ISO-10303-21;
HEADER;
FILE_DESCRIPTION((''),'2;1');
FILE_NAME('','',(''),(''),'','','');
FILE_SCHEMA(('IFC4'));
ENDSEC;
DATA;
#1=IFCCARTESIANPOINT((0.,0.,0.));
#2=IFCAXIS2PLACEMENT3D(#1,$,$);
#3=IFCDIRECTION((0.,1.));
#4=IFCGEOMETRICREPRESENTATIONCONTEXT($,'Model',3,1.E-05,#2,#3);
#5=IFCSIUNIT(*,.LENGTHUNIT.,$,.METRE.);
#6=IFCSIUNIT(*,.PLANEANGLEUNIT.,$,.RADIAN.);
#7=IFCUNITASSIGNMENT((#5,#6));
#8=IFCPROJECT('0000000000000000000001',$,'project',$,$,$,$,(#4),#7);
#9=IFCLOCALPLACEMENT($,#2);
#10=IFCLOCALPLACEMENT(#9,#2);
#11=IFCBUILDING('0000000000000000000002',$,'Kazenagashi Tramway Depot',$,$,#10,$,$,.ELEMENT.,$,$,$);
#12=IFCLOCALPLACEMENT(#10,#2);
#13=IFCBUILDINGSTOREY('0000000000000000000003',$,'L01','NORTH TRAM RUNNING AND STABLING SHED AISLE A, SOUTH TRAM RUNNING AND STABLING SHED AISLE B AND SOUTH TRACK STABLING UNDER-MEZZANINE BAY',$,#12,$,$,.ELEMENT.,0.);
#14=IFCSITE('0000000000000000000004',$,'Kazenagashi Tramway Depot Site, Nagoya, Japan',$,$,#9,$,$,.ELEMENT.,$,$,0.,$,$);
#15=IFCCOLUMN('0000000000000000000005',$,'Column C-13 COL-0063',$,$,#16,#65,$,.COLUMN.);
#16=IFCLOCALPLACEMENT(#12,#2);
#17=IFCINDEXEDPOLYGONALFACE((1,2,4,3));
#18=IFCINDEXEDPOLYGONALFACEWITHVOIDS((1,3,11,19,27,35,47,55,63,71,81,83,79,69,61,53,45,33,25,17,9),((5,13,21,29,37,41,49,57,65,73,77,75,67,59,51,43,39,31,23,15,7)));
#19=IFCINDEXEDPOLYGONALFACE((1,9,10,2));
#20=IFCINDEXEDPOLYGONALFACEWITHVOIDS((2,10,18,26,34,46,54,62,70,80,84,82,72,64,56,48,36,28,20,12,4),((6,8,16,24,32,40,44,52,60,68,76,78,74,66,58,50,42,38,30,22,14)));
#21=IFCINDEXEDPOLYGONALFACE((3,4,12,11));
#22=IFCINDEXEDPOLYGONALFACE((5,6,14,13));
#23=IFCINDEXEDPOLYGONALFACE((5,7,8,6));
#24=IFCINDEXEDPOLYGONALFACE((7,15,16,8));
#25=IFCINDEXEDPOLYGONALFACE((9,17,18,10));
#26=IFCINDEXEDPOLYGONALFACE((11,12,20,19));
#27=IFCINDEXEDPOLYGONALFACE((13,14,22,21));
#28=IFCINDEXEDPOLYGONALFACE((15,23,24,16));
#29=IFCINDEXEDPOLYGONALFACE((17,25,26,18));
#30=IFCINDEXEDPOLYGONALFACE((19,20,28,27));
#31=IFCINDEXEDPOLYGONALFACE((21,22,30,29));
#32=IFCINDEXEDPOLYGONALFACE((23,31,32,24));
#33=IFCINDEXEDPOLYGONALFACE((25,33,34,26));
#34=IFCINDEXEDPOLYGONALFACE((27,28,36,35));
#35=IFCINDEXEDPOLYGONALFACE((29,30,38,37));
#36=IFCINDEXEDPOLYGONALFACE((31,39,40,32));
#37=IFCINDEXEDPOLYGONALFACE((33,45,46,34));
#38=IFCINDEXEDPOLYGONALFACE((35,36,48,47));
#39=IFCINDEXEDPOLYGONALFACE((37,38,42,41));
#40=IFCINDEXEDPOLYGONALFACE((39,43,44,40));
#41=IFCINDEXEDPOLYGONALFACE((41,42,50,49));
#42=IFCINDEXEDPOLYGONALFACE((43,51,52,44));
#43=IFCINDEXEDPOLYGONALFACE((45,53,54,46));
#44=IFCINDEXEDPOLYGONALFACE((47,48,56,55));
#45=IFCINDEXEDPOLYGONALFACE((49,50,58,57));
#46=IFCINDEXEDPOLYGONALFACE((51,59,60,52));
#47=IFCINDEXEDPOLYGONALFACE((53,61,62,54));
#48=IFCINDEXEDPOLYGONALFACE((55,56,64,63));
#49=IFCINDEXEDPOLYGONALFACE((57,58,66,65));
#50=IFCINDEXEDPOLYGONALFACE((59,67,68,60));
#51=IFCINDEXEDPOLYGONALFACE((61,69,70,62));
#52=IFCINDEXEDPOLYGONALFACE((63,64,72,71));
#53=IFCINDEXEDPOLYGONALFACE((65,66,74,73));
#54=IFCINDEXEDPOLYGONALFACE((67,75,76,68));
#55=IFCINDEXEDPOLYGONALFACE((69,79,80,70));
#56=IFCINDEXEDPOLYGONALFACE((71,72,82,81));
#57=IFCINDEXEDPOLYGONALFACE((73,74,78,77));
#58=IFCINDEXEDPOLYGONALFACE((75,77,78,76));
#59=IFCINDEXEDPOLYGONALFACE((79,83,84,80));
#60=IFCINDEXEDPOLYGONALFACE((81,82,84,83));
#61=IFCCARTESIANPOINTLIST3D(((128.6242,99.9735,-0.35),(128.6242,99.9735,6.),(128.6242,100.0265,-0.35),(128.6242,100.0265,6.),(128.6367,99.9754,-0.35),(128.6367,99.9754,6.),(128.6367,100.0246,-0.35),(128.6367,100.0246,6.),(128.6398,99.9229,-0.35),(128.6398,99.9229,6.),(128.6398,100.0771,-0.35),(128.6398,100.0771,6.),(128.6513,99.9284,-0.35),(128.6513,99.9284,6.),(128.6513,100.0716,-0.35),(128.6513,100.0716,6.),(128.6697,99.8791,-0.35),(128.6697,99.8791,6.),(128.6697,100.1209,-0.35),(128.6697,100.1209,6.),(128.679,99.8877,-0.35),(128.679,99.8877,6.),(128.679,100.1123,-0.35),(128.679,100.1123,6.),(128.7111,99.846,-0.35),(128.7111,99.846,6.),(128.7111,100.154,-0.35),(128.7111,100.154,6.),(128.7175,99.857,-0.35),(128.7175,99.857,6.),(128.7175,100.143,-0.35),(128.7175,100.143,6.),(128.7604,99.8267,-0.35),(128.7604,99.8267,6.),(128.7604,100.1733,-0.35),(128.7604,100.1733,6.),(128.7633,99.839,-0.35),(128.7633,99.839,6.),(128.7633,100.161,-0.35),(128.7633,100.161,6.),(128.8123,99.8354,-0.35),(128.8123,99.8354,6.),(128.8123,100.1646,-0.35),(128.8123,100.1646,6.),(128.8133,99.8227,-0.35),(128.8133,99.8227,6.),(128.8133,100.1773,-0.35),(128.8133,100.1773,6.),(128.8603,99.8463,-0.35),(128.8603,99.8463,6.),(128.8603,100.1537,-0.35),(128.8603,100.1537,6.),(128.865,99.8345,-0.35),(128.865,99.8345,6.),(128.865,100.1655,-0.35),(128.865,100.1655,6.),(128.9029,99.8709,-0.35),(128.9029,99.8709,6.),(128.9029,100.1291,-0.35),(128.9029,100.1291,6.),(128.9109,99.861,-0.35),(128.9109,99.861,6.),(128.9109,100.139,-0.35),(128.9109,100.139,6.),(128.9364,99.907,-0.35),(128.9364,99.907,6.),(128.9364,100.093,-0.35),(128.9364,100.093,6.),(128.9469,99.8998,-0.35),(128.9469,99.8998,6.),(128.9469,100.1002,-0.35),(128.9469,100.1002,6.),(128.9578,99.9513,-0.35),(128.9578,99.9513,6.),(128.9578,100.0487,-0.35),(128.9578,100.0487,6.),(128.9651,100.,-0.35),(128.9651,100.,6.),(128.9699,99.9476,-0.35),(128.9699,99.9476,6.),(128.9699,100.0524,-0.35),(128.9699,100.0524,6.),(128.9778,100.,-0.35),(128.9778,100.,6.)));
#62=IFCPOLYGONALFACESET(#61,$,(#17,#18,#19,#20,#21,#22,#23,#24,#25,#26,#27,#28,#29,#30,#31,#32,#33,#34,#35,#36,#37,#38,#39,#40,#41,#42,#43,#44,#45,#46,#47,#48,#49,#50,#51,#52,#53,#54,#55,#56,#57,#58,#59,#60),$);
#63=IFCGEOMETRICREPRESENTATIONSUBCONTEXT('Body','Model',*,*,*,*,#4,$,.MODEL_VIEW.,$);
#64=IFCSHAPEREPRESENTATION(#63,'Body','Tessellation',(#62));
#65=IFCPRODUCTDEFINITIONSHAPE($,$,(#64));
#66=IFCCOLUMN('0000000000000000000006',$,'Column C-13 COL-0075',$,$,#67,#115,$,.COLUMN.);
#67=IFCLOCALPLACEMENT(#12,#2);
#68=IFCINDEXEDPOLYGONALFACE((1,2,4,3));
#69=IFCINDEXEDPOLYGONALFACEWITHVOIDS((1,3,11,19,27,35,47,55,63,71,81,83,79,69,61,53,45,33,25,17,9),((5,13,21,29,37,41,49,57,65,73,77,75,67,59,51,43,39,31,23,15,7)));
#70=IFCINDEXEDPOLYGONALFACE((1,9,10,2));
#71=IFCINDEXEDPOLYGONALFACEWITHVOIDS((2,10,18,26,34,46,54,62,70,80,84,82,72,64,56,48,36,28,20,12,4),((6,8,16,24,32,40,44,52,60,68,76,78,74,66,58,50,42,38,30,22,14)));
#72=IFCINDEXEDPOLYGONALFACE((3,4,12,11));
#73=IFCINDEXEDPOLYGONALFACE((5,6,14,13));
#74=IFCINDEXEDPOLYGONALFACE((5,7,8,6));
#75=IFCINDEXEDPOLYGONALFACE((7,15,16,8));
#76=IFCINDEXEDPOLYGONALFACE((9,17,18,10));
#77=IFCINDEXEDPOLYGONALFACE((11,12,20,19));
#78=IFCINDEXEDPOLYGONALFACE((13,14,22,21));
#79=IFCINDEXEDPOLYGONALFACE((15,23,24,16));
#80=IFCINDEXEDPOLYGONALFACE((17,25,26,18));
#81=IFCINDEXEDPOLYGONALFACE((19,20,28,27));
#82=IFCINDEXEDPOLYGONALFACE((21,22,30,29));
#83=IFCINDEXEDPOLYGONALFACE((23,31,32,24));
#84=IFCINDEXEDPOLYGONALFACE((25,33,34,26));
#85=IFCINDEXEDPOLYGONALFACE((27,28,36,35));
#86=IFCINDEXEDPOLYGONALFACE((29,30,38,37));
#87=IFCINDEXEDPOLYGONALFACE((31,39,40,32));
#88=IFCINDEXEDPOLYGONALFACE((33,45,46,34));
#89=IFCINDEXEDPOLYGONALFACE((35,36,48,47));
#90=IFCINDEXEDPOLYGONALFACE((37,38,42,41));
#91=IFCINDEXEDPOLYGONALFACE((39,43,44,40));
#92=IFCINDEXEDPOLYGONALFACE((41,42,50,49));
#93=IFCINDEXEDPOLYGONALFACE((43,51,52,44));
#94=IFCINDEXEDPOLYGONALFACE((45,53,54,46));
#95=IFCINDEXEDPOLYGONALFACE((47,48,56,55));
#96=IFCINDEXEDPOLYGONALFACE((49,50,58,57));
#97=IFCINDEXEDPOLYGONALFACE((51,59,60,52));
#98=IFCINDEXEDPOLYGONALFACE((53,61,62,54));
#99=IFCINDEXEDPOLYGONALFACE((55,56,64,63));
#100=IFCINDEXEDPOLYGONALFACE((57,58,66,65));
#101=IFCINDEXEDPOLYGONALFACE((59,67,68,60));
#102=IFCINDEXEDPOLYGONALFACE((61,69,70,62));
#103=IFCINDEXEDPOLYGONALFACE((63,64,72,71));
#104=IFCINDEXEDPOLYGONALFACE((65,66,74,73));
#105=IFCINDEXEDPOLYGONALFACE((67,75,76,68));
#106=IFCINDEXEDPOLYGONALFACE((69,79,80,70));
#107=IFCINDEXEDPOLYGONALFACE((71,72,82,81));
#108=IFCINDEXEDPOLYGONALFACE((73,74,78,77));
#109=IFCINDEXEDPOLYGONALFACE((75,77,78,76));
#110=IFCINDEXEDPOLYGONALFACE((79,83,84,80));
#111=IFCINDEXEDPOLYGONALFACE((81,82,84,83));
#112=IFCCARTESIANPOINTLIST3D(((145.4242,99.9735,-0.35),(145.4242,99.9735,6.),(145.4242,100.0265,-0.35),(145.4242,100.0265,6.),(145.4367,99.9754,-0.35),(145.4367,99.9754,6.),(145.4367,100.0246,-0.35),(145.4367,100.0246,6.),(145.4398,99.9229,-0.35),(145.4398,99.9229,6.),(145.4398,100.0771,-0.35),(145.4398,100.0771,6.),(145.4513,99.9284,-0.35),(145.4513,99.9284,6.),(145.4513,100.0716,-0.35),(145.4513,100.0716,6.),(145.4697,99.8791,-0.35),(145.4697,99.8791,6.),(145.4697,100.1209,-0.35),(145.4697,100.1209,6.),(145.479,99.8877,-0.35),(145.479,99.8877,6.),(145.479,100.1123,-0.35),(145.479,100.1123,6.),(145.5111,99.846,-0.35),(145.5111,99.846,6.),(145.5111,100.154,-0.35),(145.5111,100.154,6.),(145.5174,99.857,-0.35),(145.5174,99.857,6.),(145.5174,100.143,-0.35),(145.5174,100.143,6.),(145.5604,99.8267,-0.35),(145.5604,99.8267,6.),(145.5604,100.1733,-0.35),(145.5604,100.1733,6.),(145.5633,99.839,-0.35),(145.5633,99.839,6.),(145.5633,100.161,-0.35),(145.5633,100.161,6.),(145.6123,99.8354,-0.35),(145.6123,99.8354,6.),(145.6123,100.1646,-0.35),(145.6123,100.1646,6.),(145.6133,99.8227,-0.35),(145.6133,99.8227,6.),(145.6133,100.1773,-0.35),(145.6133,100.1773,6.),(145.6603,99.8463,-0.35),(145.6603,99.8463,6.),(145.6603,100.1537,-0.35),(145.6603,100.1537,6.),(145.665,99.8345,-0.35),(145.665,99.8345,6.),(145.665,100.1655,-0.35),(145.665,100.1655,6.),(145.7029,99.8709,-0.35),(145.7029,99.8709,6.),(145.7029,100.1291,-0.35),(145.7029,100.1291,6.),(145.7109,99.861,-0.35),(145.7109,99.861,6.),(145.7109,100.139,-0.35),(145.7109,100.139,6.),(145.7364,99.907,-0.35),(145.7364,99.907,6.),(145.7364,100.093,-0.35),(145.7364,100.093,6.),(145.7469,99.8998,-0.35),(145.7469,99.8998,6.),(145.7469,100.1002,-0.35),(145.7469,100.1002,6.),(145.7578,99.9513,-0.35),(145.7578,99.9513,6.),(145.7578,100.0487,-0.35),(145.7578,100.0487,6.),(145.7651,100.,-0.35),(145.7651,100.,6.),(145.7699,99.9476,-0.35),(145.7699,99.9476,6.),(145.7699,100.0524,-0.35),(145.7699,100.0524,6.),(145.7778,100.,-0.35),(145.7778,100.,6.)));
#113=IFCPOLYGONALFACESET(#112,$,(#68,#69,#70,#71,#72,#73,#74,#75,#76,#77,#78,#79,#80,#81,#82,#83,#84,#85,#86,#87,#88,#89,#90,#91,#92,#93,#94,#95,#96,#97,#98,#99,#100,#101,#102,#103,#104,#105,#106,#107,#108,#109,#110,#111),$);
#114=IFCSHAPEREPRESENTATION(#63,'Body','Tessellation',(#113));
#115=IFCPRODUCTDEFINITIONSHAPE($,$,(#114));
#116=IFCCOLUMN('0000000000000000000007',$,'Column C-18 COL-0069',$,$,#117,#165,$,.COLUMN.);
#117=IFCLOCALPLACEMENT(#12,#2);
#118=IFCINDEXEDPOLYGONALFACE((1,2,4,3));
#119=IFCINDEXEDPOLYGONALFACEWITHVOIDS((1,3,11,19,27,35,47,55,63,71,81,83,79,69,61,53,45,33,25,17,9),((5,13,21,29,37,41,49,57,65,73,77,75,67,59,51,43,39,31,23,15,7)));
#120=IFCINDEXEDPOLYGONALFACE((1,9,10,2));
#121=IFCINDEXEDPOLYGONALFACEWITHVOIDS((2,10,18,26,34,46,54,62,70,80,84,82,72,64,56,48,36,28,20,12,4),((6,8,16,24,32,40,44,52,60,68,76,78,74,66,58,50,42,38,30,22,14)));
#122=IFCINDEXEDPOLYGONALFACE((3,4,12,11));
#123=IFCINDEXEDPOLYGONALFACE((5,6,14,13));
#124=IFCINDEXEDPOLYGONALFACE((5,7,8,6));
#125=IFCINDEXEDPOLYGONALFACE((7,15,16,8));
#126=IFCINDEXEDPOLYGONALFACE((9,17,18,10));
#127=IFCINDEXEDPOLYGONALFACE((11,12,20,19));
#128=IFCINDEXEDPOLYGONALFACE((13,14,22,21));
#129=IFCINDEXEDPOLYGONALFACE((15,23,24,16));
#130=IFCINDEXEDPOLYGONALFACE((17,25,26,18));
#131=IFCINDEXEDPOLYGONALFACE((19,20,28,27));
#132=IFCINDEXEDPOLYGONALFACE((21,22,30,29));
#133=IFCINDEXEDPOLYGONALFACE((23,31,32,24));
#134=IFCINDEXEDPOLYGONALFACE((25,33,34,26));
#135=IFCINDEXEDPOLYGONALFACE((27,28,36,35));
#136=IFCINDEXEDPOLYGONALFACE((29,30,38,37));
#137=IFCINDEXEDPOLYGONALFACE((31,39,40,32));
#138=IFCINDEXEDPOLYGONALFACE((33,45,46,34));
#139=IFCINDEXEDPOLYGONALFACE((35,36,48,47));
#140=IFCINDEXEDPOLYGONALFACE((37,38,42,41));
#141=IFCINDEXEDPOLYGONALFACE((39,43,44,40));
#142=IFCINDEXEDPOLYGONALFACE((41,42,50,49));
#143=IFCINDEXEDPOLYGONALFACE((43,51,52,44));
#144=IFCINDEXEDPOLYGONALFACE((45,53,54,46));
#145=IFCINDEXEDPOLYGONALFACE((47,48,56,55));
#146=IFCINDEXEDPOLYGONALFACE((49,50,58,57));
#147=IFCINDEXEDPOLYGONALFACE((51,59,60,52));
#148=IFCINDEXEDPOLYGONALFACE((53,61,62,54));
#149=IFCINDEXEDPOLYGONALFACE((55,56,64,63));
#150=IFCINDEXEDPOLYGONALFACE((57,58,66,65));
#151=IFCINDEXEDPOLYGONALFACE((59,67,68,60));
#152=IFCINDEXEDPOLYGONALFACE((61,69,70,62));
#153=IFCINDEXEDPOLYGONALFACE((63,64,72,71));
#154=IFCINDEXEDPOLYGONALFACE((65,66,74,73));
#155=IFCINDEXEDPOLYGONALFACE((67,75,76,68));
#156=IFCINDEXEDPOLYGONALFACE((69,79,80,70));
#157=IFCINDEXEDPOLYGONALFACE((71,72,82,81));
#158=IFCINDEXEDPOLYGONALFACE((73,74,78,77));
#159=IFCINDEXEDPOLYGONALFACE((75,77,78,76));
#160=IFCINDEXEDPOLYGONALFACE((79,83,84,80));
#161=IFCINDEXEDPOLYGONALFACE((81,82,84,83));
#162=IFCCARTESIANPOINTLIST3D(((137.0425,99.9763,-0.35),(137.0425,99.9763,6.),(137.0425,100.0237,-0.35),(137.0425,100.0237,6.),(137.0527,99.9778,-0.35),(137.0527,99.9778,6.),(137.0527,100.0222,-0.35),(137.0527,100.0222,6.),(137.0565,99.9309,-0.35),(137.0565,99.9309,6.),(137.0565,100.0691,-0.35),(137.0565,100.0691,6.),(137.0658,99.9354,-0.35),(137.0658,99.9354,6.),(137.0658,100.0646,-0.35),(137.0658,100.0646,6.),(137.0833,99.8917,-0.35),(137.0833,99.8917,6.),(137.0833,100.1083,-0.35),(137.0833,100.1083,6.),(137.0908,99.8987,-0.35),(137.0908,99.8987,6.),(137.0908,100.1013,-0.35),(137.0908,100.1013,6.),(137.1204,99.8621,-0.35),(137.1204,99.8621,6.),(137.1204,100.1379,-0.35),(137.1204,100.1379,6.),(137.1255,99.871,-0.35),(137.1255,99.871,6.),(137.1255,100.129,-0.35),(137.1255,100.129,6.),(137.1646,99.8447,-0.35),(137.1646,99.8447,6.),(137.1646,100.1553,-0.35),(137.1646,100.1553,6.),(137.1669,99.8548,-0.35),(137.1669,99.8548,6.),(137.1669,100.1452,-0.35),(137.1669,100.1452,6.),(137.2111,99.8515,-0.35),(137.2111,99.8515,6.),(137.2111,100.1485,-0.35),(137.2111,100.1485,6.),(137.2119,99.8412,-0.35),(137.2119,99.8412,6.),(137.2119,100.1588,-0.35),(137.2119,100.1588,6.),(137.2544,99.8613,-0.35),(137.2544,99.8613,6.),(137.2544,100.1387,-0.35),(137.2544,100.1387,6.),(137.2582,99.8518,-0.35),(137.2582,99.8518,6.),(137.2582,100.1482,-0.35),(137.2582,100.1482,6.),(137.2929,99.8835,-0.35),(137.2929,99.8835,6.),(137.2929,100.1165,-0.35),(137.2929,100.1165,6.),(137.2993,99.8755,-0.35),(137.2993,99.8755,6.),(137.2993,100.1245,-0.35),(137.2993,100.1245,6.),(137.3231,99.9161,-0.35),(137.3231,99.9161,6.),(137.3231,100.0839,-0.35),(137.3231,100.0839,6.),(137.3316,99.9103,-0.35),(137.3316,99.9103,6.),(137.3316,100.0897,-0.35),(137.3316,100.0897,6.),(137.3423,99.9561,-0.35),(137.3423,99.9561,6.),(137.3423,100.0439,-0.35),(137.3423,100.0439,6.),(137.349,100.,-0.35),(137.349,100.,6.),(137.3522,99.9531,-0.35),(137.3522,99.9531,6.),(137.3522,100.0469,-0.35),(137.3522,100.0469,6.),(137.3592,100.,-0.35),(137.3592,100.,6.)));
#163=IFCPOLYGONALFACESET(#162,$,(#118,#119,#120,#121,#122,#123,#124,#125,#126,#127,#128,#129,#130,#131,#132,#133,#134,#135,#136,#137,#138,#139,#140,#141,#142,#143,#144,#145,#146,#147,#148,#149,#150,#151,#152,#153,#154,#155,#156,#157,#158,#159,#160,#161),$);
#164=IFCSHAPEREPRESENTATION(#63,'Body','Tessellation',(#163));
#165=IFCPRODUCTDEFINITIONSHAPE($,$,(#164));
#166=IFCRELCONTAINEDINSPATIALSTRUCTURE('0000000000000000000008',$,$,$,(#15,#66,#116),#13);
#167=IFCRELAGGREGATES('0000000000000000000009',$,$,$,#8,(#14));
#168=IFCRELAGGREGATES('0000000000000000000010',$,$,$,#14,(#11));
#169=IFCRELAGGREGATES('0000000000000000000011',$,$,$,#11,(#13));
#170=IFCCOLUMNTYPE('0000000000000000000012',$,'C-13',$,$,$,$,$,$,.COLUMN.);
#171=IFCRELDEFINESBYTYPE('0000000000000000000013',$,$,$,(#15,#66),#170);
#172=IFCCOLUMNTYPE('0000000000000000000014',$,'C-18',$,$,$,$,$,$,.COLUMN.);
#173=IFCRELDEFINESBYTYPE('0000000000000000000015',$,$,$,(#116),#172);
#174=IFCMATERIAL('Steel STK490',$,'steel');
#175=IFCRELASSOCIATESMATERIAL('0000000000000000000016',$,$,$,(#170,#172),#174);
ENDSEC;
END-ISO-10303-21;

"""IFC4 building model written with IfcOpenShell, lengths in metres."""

from ifc_helpers import new_model, si_unit, direction, frame, origin, origin_2d, place, context, subcontext, project, spatial, hollow_circle, extrude, material, material_profile, profile_set, type_object, element, save


model = new_model("IFC4")

# Units and contexts
model_context = context("Model", 3, precision=1e-05, world=origin(), true_north=direction((0.0, 1.0)))
body_context = subcontext(model_context, "Body", "Model", "MODEL_VIEW")
ifc_project = project(units=[si_unit("LENGTHUNIT", "METRE"), si_unit("PLANEANGLEUNIT", "RADIAN")], contexts=[model_context])

# Site, building, storey
site_placement = place(None, origin())
site = spatial("IfcSite", under=ifc_project, at=site_placement, Name="Kazenagashi Tramway Depot Site, Nagoya, Japan", CompositionType="ELEMENT", RefElevation=0.0)
building_placement = place(site_placement, origin())
building = spatial("IfcBuilding", under=site, at=building_placement, Name="Kazenagashi Tramway Depot", CompositionType="ELEMENT")
storey_placement = place(building_placement, origin())
storey = spatial("IfcBuildingStorey", under=building, at=storey_placement, Name="L01", Description="NORTH TRAM RUNNING AND STABLING SHED AISLE A, SOUTH TRAM RUNNING AND STABLING SHED AISLE B AND SOUTH TRACK STABLING UNDER-MEZZANINE BAY", CompositionType="ELEMENT", Elevation=0.0)

# Columns
ifc_material_1 = material(Name="Steel STK490", Category="steel")
ifc_material_profile_1 = material_profile(ifc_material_1, hollow_circle(Radius=0.1778, WallThickness=0.0127, at=origin_2d()), Name="CHS-355.6x12.7")
ifc_profile_set_1 = profile_set([ifc_material_profile_1], Name="Steel STK490")
column_type_1 = type_object("IfcColumnType", Name="C-13", PredefinedType="COLUMN", material=ifc_profile_set_1)
for number, where, z_axis, x_axis, name in (
    (1, (128.8, 100.0, -0.35), (0.0, 0.0, 1.0), (1.0, 0.0, 0.0), "Column C-13 COL-0063"),
    (2, (145.6, 100.0, -0.35), (0.0, 0.0, 1.0), (1.0, 0.0, 0.0), "Column C-13 COL-0075"),
):
    element("IfcColumn", number, at=place(storey_placement, frame(where, z_axis=z_axis, x_axis=x_axis)), inside=storey, type_object=column_type_1, Name=name, PredefinedType="COLUMN", context=body_context, shape_type="SweptSolid", body=[
        extrude(hollow_circle(Radius=0.1778, WallThickness=0.0127, at=origin_2d()), origin(), (0.0, 0.0, 1.0), 6.35),
    ])
ifc_material_profile_2 = material_profile(ifc_material_1, hollow_circle(Radius=0.1593, WallThickness=0.0103, at=origin_2d()), Name="CHS-318.5x10.3")
ifc_profile_set_2 = profile_set([ifc_material_profile_2], Name="Steel STK490")
column_type_2 = type_object("IfcColumnType", Name="C-18", PredefinedType="COLUMN", material=ifc_profile_set_2)
for number, where, z_axis, x_axis, name in (
    (3, (137.2, 100.0, -0.35), (0.0, 0.0, 1.0), (1.0, 0.0, 0.0), "Column C-18 COL-0069"),
):
    element("IfcColumn", number, at=place(storey_placement, frame(where, z_axis=z_axis, x_axis=x_axis)), inside=storey, type_object=column_type_2, Name=name, PredefinedType="COLUMN", context=body_context, shape_type="SweptSolid", body=[
        extrude(hollow_circle(Radius=0.1593, WallThickness=0.0103, at=origin_2d()), origin(), (0.0, 0.0, 1.0), 6.35),
    ])

save(model, "model.ifc")
